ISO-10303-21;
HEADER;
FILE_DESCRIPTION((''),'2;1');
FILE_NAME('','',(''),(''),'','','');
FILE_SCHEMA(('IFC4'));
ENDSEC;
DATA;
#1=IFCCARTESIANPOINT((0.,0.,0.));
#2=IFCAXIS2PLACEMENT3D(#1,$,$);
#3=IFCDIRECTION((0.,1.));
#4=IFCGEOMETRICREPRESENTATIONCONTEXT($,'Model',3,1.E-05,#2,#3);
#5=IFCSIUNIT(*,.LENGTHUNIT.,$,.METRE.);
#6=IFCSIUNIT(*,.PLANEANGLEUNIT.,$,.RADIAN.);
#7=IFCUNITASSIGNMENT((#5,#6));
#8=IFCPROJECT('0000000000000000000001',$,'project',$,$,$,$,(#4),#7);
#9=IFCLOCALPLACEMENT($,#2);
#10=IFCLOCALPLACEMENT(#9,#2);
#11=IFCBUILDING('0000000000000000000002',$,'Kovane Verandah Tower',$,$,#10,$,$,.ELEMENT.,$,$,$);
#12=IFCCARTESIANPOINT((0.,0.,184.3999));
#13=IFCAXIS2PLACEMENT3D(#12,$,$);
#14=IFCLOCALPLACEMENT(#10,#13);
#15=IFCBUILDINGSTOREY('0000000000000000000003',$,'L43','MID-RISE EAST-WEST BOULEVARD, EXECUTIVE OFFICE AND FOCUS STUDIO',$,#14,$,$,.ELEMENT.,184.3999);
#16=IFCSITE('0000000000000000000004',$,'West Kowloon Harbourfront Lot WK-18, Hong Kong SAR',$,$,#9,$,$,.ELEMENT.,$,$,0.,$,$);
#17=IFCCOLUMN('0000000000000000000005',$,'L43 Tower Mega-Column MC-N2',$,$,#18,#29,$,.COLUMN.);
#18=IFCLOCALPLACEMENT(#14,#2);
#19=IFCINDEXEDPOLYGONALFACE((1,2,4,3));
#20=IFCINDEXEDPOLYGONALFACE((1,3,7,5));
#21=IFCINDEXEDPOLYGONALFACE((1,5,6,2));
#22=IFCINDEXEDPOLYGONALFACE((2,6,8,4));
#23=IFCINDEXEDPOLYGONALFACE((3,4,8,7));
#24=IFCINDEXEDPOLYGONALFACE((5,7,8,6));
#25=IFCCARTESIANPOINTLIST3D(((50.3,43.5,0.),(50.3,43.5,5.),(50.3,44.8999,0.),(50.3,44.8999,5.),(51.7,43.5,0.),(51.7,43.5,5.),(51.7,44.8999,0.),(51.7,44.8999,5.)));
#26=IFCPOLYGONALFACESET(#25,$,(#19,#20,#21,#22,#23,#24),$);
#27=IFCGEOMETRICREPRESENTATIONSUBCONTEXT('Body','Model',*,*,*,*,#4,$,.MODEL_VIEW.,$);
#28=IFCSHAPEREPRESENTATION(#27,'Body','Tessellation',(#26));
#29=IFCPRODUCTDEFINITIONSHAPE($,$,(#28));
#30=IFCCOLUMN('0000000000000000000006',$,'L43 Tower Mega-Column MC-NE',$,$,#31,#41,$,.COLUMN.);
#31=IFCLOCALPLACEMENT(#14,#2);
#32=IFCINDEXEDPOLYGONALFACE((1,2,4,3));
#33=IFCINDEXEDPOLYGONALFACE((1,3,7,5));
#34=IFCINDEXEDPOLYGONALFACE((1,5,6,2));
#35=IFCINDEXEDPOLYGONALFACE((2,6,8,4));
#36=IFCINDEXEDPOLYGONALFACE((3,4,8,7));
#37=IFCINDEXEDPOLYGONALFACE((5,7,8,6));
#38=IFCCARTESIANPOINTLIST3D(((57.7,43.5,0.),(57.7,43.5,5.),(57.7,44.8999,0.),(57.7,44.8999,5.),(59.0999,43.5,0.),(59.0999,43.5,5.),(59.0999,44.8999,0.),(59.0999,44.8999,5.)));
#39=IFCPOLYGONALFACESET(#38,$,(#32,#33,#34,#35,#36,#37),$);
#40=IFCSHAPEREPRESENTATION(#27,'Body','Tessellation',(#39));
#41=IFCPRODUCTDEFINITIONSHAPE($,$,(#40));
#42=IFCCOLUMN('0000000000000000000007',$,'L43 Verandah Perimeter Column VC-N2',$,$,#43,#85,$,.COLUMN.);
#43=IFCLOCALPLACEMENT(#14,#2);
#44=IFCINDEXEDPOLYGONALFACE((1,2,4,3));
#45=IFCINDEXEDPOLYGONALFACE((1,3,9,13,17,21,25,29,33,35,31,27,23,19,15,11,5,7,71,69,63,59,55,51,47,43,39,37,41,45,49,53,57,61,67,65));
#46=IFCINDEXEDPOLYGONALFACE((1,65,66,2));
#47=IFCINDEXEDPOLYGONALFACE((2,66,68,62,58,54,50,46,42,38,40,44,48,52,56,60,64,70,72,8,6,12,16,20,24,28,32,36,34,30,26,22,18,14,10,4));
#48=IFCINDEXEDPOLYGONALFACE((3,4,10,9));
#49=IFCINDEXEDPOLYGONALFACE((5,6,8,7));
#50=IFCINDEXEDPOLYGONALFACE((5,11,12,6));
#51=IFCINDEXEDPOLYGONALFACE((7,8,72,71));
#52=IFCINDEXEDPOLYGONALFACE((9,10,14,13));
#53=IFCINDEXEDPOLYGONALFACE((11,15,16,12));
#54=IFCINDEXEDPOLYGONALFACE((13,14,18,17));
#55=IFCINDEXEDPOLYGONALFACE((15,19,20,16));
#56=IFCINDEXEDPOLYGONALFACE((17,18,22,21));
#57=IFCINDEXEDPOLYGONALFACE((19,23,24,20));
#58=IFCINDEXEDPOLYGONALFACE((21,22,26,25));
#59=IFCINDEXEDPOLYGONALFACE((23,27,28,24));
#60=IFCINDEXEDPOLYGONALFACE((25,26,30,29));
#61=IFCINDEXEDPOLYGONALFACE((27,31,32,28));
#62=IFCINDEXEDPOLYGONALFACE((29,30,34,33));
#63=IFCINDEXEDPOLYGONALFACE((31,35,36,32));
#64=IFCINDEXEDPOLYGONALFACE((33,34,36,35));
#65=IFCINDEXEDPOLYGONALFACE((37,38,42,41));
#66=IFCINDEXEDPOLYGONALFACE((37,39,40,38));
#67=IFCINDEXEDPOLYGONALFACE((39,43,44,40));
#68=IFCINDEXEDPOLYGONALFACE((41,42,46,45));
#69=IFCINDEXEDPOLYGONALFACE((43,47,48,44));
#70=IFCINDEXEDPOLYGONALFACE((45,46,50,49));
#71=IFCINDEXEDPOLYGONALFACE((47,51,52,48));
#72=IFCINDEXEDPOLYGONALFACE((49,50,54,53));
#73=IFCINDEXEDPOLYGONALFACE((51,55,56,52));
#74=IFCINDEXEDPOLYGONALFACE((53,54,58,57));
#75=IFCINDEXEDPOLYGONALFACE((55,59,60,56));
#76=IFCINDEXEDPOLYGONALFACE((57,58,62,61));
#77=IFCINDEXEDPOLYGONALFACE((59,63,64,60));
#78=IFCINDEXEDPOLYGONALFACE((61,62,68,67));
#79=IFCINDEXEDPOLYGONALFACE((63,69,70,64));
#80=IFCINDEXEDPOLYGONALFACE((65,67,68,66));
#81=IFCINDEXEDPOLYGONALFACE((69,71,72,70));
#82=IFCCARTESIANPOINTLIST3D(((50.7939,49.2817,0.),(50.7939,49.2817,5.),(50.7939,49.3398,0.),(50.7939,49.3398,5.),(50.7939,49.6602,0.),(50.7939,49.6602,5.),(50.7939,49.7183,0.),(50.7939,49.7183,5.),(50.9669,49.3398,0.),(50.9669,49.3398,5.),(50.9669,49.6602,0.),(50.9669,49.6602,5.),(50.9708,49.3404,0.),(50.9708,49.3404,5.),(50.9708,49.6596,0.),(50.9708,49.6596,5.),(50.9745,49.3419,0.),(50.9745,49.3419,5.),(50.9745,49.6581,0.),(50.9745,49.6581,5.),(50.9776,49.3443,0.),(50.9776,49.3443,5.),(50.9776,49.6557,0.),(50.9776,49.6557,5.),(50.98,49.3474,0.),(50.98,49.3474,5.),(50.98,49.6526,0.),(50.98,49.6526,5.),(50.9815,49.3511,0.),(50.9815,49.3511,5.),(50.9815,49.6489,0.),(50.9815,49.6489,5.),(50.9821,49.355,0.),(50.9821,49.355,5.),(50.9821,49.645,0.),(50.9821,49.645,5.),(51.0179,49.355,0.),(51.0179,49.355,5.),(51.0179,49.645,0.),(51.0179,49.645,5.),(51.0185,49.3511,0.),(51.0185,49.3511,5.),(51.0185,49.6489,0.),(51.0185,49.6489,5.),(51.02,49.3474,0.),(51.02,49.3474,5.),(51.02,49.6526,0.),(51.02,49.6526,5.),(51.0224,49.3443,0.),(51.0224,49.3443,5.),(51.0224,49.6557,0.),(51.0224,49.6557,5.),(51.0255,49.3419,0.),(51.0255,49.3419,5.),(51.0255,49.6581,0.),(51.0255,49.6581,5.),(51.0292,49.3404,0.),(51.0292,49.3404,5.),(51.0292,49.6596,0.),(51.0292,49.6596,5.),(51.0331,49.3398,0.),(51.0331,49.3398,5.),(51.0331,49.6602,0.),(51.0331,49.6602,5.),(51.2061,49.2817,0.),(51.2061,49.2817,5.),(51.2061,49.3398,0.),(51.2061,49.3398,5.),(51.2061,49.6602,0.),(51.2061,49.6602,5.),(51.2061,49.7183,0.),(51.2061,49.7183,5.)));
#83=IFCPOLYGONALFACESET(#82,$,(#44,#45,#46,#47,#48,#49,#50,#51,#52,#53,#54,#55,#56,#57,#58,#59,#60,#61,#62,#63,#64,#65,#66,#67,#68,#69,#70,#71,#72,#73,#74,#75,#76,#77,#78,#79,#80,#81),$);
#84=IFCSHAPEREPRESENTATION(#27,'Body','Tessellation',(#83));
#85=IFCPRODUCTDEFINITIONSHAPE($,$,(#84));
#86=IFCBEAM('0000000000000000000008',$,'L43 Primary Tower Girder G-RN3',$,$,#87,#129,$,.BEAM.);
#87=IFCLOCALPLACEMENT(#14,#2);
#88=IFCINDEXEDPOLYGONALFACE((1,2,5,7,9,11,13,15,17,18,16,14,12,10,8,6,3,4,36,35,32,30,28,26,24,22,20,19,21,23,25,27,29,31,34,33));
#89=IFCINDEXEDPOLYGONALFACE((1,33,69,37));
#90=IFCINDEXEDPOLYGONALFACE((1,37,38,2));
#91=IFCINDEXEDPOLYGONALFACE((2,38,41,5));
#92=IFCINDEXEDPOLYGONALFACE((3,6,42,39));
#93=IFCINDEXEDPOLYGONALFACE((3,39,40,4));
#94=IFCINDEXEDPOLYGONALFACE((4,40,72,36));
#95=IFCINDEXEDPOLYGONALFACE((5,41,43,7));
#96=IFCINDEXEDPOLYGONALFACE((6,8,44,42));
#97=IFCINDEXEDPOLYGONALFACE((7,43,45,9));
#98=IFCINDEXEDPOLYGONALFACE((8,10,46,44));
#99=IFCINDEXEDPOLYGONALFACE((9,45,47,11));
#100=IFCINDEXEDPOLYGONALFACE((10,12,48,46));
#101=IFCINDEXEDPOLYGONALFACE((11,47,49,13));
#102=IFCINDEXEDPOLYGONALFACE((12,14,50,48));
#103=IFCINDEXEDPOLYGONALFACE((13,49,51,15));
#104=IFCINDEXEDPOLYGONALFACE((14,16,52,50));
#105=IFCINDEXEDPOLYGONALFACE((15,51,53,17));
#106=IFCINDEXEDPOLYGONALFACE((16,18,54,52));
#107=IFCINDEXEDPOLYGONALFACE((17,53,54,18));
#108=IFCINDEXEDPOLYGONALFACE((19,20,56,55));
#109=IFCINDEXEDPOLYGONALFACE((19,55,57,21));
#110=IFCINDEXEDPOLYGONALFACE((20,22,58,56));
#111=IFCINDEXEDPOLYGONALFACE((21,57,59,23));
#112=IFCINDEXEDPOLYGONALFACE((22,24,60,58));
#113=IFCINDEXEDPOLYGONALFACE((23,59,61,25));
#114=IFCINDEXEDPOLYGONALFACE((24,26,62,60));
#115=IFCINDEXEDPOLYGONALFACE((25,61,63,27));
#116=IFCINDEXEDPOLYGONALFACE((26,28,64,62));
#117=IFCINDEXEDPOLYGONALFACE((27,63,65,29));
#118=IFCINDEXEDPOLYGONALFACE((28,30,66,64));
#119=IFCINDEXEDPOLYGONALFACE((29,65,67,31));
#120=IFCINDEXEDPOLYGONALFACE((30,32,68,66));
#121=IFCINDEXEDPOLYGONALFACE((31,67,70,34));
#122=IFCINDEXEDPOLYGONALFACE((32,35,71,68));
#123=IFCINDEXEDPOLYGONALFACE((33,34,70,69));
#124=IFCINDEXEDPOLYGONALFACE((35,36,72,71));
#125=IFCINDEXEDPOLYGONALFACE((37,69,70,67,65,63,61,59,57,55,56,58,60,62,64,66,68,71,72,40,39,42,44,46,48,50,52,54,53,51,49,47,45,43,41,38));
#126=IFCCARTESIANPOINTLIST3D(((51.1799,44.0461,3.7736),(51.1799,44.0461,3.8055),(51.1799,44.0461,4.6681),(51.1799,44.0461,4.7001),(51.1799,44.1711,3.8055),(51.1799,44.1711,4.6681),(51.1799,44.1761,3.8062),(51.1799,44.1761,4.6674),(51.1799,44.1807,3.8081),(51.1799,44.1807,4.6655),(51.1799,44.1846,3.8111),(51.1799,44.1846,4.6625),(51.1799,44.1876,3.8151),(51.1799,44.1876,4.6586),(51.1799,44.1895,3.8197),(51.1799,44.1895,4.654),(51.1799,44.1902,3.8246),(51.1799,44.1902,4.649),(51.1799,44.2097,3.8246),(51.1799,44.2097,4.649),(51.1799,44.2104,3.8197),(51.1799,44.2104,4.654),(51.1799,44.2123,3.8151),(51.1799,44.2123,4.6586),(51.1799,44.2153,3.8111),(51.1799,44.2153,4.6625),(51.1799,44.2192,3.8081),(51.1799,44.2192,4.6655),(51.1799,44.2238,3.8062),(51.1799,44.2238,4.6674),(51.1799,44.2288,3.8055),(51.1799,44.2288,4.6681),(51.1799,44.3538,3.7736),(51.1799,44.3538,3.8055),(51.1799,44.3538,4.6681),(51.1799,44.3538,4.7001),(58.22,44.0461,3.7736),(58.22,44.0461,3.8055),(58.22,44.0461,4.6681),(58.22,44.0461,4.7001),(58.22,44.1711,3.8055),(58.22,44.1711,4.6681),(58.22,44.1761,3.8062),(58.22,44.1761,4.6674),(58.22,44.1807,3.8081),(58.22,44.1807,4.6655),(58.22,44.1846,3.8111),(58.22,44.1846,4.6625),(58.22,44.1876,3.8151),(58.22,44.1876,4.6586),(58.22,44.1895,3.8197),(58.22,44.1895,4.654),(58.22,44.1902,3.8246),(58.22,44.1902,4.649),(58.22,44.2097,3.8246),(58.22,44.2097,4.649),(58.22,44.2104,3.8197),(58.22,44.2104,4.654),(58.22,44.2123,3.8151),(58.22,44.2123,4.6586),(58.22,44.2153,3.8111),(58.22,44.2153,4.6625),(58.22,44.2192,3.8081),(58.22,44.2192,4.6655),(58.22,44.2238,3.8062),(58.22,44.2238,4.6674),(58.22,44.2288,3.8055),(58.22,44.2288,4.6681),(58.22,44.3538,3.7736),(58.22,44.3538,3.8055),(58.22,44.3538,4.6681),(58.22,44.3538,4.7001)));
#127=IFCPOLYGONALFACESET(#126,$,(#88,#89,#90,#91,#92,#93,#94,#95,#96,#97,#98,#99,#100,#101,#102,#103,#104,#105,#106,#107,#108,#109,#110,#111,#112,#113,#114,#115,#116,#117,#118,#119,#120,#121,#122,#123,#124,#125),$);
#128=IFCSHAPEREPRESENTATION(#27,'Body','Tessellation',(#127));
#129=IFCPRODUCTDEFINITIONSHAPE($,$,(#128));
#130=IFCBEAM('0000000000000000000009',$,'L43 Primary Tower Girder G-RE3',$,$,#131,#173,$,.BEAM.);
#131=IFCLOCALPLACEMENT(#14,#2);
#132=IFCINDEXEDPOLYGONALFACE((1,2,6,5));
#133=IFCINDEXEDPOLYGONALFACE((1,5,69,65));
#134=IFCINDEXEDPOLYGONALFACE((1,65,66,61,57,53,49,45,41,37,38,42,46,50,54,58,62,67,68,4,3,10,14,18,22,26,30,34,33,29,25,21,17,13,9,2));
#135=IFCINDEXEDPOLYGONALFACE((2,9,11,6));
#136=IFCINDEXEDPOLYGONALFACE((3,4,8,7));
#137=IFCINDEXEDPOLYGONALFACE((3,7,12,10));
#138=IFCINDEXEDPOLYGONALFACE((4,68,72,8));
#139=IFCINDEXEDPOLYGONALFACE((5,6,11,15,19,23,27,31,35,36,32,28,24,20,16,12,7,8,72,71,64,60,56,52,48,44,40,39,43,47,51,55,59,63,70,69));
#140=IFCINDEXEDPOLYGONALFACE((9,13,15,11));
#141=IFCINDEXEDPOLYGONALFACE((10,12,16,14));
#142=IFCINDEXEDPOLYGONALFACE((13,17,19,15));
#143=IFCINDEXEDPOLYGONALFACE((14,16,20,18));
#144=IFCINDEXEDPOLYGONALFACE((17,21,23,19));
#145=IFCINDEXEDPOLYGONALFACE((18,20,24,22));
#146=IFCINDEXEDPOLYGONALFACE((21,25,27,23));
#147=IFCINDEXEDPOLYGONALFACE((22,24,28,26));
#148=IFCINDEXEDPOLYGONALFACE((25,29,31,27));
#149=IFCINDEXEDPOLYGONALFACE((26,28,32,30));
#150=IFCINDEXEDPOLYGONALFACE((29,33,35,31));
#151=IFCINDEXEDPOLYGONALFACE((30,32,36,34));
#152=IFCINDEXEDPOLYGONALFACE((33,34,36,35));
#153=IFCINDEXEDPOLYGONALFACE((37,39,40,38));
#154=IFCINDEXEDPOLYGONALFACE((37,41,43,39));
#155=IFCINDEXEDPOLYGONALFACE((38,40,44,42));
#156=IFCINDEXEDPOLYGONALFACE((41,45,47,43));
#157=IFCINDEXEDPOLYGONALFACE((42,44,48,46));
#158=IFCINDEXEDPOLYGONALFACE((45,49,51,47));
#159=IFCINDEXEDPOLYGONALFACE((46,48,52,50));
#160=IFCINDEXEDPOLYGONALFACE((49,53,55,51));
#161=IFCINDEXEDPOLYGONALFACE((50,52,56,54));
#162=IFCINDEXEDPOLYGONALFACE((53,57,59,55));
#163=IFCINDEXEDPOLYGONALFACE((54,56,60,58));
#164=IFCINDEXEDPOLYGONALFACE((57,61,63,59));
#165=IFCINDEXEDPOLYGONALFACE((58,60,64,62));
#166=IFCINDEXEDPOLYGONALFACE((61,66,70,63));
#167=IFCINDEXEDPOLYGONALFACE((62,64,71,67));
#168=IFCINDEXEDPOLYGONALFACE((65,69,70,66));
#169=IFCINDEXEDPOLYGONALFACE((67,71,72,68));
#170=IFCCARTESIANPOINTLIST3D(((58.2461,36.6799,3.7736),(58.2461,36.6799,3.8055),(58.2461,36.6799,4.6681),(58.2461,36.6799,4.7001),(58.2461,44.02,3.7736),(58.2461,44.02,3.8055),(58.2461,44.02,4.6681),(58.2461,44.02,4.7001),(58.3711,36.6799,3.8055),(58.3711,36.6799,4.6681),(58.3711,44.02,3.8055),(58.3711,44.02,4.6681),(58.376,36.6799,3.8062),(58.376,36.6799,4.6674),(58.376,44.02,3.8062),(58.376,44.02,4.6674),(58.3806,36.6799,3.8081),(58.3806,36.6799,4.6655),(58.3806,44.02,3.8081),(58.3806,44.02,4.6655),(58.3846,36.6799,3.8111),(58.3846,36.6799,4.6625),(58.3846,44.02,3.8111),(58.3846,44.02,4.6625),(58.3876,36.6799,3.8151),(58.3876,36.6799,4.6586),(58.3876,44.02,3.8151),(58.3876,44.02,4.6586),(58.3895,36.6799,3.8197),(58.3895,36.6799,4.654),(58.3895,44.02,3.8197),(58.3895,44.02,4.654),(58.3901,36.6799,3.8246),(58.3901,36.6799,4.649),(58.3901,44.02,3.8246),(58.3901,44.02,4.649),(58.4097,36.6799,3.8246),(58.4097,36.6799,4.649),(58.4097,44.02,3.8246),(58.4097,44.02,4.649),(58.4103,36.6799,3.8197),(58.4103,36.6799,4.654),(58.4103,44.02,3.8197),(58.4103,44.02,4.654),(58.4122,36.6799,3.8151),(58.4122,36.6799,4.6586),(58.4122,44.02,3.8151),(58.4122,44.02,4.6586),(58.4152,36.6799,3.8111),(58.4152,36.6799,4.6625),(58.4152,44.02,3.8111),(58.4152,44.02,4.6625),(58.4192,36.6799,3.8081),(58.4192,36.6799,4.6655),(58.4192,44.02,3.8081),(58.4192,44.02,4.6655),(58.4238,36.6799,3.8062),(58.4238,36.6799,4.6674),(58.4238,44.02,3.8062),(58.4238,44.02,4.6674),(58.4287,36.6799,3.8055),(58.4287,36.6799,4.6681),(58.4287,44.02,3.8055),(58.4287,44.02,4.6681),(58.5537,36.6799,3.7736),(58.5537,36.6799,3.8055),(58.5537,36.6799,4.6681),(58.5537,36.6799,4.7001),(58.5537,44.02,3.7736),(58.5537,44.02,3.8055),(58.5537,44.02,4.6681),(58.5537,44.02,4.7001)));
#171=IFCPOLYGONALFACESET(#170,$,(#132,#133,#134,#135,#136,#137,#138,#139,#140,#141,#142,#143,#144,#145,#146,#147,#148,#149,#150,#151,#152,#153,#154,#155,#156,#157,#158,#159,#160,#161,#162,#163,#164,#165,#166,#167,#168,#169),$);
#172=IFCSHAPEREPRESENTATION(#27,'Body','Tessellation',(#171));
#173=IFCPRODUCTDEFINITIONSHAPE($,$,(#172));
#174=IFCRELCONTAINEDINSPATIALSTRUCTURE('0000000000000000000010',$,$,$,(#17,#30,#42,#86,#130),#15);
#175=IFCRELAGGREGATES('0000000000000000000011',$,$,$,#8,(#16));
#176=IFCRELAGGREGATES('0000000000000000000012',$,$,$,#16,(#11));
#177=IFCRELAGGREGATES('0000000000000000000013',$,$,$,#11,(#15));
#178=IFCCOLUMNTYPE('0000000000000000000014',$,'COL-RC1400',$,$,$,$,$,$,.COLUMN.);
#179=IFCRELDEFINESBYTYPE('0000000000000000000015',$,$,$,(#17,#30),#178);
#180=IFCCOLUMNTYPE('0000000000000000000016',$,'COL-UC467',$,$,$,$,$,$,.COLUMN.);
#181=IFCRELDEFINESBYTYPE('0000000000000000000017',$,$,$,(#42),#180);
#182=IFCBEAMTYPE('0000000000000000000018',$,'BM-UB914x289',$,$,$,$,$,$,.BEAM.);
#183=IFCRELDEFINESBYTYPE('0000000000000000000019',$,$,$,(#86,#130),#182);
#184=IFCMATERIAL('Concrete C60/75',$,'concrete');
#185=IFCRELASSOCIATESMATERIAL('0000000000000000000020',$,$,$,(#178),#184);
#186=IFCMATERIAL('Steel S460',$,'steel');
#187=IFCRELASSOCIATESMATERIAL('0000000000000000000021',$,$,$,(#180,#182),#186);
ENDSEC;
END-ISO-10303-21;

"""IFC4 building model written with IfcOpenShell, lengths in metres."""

from ifc_helpers import new_model, si_unit, direction, frame, origin, origin_2d, place, context, subcontext, project, spatial, rectangle, i_section, extrude, material, material_profile, profile_set, type_object, element, save


model = new_model("IFC4")

# Units and contexts
model_context = context("Model", 3, precision=1e-05, world=origin(), true_north=direction((0.0, 1.0)))
body_context = subcontext(model_context, "Body", "Model", "MODEL_VIEW")
ifc_project = project(units=[si_unit("LENGTHUNIT", "METRE"), si_unit("PLANEANGLEUNIT", "RADIAN")], contexts=[model_context])

# Site, building, storey
site_placement = place(None, origin())
site = spatial("IfcSite", under=ifc_project, at=site_placement, Name="West Kowloon Harbourfront Lot WK-18, Hong Kong SAR", CompositionType="ELEMENT", RefElevation=0.0)
building_placement = place(site_placement, origin())
building = spatial("IfcBuilding", under=site, at=building_placement, Name="Kovane Verandah Tower", CompositionType="ELEMENT")
storey_placement = place(building_placement, frame((0.0, 0.0, 184.3999)))
storey = spatial("IfcBuildingStorey", under=building, at=storey_placement, Name="L43", Description="MID-RISE EAST-WEST BOULEVARD, EXECUTIVE OFFICE AND FOCUS STUDIO", CompositionType="ELEMENT", Elevation=184.3999)

# Columns
ifc_material_1 = material(Name="Concrete C60/75", Category="concrete")
ifc_material_profile_1 = material_profile(ifc_material_1, rectangle(XDim=1.3999, YDim=1.3999, at=origin_2d()), Name="RC1400x1400")
ifc_profile_set_1 = profile_set([ifc_material_profile_1], Name="Concrete C60/75")
column_type_1 = type_object("IfcColumnType", Name="COL-RC1400", PredefinedType="COLUMN", material=ifc_profile_set_1)
for number, where, z_axis, x_axis, name in (
    (1, (51.0, 44.2, 0.0), (0.0, 0.0, 1.0), (1.0, 0.0, 0.0), "L43 Tower Mega-Column MC-N2"),
    (2, (58.3999, 44.2, 0.0), (0.0, 0.0, 1.0), (1.0, 0.0, 0.0), "L43 Tower Mega-Column MC-NE"),
):
    element("IfcColumn", number, at=place(storey_placement, frame(where, z_axis=z_axis, x_axis=x_axis)), inside=storey, type_object=column_type_1, Name=name, PredefinedType="COLUMN", context=body_context, shape_type="SweptSolid", body=[
        extrude(rectangle(XDim=1.3999, YDim=1.3999, at=origin_2d()), origin(), (0.0, 0.0, 1.0), 5.0),
    ])
ifc_material_2 = material(Name="Steel S460", Category="steel")
ifc_material_profile_2 = material_profile(ifc_material_2, i_section(OverallWidth=0.4121, OverallDepth=0.4365, WebThickness=0.0359, FlangeThickness=0.0581, FilletRadius=0.0151, at=origin_2d()), Name="UC356x406x467")
ifc_profile_set_2 = profile_set([ifc_material_profile_2], Name="Steel S460")
column_type_2 = type_object("IfcColumnType", Name="COL-UC467", PredefinedType="COLUMN", material=ifc_profile_set_2)
column_placement = place(storey_placement, frame((51.0, 49.5, 0.0), z_axis=(0.0, 0.0, 1.0), x_axis=(1.0, 0.0, 0.0)))
element("IfcColumn", 3, at=column_placement, inside=storey, type_object=column_type_2, Name="L43 Verandah Perimeter Column VC-N2", PredefinedType="COLUMN", context=body_context, shape_type="SweptSolid", body=[
    extrude(i_section(OverallWidth=0.4121, OverallDepth=0.4365, WebThickness=0.0359, FlangeThickness=0.0581, FilletRadius=0.0151, at=origin_2d()), origin(), (0.0, 0.0, 1.0), 5.0),
])

# Beams
ifc_material_profile_3 = material_profile(ifc_material_2, i_section(OverallWidth=0.3076, OverallDepth=0.9265, WebThickness=0.0195, FlangeThickness=0.032, FilletRadius=0.019, at=origin_2d()), Name="UB914x305x289")
ifc_profile_set_3 = profile_set([ifc_material_profile_3], Name="Steel S460")
beam_type = type_object("IfcBeamType", Name="BM-UB914x289", PredefinedType="BEAM", material=ifc_profile_set_3)
beam_1_placement = place(storey_placement, frame((51.1799, 44.2, 4.2368), z_axis=(1.0, 0.0, 0.0), x_axis=(0.0, 1.0, 0.0)))
element("IfcBeam", 4, at=beam_1_placement, inside=storey, type_object=beam_type, Name="L43 Primary Tower Girder G-RN3", PredefinedType="BEAM", context=body_context, shape_type="SweptSolid", body=[
    extrude(i_section(OverallWidth=0.3076, OverallDepth=0.9265, WebThickness=0.0195, FlangeThickness=0.032, FilletRadius=0.019, at=origin_2d()), origin(), (0.0, 0.0, 1.0), 7.04),
])
beam_2_placement = place(storey_placement, frame((58.3999, 36.6799, 4.2368), z_axis=(0.0, 1.0, 0.0), x_axis=(-1.0, 0.0, 0.0)))
element("IfcBeam", 5, at=beam_2_placement, inside=storey, type_object=beam_type, Name="L43 Primary Tower Girder G-RE3", PredefinedType="BEAM", context=body_context, shape_type="SweptSolid", body=[
    extrude(i_section(OverallWidth=0.3076, OverallDepth=0.9265, WebThickness=0.0195, FlangeThickness=0.032, FilletRadius=0.019, at=origin_2d()), origin(), (0.0, 0.0, 1.0), 7.3401),
])

save(model, "model.ifc")
